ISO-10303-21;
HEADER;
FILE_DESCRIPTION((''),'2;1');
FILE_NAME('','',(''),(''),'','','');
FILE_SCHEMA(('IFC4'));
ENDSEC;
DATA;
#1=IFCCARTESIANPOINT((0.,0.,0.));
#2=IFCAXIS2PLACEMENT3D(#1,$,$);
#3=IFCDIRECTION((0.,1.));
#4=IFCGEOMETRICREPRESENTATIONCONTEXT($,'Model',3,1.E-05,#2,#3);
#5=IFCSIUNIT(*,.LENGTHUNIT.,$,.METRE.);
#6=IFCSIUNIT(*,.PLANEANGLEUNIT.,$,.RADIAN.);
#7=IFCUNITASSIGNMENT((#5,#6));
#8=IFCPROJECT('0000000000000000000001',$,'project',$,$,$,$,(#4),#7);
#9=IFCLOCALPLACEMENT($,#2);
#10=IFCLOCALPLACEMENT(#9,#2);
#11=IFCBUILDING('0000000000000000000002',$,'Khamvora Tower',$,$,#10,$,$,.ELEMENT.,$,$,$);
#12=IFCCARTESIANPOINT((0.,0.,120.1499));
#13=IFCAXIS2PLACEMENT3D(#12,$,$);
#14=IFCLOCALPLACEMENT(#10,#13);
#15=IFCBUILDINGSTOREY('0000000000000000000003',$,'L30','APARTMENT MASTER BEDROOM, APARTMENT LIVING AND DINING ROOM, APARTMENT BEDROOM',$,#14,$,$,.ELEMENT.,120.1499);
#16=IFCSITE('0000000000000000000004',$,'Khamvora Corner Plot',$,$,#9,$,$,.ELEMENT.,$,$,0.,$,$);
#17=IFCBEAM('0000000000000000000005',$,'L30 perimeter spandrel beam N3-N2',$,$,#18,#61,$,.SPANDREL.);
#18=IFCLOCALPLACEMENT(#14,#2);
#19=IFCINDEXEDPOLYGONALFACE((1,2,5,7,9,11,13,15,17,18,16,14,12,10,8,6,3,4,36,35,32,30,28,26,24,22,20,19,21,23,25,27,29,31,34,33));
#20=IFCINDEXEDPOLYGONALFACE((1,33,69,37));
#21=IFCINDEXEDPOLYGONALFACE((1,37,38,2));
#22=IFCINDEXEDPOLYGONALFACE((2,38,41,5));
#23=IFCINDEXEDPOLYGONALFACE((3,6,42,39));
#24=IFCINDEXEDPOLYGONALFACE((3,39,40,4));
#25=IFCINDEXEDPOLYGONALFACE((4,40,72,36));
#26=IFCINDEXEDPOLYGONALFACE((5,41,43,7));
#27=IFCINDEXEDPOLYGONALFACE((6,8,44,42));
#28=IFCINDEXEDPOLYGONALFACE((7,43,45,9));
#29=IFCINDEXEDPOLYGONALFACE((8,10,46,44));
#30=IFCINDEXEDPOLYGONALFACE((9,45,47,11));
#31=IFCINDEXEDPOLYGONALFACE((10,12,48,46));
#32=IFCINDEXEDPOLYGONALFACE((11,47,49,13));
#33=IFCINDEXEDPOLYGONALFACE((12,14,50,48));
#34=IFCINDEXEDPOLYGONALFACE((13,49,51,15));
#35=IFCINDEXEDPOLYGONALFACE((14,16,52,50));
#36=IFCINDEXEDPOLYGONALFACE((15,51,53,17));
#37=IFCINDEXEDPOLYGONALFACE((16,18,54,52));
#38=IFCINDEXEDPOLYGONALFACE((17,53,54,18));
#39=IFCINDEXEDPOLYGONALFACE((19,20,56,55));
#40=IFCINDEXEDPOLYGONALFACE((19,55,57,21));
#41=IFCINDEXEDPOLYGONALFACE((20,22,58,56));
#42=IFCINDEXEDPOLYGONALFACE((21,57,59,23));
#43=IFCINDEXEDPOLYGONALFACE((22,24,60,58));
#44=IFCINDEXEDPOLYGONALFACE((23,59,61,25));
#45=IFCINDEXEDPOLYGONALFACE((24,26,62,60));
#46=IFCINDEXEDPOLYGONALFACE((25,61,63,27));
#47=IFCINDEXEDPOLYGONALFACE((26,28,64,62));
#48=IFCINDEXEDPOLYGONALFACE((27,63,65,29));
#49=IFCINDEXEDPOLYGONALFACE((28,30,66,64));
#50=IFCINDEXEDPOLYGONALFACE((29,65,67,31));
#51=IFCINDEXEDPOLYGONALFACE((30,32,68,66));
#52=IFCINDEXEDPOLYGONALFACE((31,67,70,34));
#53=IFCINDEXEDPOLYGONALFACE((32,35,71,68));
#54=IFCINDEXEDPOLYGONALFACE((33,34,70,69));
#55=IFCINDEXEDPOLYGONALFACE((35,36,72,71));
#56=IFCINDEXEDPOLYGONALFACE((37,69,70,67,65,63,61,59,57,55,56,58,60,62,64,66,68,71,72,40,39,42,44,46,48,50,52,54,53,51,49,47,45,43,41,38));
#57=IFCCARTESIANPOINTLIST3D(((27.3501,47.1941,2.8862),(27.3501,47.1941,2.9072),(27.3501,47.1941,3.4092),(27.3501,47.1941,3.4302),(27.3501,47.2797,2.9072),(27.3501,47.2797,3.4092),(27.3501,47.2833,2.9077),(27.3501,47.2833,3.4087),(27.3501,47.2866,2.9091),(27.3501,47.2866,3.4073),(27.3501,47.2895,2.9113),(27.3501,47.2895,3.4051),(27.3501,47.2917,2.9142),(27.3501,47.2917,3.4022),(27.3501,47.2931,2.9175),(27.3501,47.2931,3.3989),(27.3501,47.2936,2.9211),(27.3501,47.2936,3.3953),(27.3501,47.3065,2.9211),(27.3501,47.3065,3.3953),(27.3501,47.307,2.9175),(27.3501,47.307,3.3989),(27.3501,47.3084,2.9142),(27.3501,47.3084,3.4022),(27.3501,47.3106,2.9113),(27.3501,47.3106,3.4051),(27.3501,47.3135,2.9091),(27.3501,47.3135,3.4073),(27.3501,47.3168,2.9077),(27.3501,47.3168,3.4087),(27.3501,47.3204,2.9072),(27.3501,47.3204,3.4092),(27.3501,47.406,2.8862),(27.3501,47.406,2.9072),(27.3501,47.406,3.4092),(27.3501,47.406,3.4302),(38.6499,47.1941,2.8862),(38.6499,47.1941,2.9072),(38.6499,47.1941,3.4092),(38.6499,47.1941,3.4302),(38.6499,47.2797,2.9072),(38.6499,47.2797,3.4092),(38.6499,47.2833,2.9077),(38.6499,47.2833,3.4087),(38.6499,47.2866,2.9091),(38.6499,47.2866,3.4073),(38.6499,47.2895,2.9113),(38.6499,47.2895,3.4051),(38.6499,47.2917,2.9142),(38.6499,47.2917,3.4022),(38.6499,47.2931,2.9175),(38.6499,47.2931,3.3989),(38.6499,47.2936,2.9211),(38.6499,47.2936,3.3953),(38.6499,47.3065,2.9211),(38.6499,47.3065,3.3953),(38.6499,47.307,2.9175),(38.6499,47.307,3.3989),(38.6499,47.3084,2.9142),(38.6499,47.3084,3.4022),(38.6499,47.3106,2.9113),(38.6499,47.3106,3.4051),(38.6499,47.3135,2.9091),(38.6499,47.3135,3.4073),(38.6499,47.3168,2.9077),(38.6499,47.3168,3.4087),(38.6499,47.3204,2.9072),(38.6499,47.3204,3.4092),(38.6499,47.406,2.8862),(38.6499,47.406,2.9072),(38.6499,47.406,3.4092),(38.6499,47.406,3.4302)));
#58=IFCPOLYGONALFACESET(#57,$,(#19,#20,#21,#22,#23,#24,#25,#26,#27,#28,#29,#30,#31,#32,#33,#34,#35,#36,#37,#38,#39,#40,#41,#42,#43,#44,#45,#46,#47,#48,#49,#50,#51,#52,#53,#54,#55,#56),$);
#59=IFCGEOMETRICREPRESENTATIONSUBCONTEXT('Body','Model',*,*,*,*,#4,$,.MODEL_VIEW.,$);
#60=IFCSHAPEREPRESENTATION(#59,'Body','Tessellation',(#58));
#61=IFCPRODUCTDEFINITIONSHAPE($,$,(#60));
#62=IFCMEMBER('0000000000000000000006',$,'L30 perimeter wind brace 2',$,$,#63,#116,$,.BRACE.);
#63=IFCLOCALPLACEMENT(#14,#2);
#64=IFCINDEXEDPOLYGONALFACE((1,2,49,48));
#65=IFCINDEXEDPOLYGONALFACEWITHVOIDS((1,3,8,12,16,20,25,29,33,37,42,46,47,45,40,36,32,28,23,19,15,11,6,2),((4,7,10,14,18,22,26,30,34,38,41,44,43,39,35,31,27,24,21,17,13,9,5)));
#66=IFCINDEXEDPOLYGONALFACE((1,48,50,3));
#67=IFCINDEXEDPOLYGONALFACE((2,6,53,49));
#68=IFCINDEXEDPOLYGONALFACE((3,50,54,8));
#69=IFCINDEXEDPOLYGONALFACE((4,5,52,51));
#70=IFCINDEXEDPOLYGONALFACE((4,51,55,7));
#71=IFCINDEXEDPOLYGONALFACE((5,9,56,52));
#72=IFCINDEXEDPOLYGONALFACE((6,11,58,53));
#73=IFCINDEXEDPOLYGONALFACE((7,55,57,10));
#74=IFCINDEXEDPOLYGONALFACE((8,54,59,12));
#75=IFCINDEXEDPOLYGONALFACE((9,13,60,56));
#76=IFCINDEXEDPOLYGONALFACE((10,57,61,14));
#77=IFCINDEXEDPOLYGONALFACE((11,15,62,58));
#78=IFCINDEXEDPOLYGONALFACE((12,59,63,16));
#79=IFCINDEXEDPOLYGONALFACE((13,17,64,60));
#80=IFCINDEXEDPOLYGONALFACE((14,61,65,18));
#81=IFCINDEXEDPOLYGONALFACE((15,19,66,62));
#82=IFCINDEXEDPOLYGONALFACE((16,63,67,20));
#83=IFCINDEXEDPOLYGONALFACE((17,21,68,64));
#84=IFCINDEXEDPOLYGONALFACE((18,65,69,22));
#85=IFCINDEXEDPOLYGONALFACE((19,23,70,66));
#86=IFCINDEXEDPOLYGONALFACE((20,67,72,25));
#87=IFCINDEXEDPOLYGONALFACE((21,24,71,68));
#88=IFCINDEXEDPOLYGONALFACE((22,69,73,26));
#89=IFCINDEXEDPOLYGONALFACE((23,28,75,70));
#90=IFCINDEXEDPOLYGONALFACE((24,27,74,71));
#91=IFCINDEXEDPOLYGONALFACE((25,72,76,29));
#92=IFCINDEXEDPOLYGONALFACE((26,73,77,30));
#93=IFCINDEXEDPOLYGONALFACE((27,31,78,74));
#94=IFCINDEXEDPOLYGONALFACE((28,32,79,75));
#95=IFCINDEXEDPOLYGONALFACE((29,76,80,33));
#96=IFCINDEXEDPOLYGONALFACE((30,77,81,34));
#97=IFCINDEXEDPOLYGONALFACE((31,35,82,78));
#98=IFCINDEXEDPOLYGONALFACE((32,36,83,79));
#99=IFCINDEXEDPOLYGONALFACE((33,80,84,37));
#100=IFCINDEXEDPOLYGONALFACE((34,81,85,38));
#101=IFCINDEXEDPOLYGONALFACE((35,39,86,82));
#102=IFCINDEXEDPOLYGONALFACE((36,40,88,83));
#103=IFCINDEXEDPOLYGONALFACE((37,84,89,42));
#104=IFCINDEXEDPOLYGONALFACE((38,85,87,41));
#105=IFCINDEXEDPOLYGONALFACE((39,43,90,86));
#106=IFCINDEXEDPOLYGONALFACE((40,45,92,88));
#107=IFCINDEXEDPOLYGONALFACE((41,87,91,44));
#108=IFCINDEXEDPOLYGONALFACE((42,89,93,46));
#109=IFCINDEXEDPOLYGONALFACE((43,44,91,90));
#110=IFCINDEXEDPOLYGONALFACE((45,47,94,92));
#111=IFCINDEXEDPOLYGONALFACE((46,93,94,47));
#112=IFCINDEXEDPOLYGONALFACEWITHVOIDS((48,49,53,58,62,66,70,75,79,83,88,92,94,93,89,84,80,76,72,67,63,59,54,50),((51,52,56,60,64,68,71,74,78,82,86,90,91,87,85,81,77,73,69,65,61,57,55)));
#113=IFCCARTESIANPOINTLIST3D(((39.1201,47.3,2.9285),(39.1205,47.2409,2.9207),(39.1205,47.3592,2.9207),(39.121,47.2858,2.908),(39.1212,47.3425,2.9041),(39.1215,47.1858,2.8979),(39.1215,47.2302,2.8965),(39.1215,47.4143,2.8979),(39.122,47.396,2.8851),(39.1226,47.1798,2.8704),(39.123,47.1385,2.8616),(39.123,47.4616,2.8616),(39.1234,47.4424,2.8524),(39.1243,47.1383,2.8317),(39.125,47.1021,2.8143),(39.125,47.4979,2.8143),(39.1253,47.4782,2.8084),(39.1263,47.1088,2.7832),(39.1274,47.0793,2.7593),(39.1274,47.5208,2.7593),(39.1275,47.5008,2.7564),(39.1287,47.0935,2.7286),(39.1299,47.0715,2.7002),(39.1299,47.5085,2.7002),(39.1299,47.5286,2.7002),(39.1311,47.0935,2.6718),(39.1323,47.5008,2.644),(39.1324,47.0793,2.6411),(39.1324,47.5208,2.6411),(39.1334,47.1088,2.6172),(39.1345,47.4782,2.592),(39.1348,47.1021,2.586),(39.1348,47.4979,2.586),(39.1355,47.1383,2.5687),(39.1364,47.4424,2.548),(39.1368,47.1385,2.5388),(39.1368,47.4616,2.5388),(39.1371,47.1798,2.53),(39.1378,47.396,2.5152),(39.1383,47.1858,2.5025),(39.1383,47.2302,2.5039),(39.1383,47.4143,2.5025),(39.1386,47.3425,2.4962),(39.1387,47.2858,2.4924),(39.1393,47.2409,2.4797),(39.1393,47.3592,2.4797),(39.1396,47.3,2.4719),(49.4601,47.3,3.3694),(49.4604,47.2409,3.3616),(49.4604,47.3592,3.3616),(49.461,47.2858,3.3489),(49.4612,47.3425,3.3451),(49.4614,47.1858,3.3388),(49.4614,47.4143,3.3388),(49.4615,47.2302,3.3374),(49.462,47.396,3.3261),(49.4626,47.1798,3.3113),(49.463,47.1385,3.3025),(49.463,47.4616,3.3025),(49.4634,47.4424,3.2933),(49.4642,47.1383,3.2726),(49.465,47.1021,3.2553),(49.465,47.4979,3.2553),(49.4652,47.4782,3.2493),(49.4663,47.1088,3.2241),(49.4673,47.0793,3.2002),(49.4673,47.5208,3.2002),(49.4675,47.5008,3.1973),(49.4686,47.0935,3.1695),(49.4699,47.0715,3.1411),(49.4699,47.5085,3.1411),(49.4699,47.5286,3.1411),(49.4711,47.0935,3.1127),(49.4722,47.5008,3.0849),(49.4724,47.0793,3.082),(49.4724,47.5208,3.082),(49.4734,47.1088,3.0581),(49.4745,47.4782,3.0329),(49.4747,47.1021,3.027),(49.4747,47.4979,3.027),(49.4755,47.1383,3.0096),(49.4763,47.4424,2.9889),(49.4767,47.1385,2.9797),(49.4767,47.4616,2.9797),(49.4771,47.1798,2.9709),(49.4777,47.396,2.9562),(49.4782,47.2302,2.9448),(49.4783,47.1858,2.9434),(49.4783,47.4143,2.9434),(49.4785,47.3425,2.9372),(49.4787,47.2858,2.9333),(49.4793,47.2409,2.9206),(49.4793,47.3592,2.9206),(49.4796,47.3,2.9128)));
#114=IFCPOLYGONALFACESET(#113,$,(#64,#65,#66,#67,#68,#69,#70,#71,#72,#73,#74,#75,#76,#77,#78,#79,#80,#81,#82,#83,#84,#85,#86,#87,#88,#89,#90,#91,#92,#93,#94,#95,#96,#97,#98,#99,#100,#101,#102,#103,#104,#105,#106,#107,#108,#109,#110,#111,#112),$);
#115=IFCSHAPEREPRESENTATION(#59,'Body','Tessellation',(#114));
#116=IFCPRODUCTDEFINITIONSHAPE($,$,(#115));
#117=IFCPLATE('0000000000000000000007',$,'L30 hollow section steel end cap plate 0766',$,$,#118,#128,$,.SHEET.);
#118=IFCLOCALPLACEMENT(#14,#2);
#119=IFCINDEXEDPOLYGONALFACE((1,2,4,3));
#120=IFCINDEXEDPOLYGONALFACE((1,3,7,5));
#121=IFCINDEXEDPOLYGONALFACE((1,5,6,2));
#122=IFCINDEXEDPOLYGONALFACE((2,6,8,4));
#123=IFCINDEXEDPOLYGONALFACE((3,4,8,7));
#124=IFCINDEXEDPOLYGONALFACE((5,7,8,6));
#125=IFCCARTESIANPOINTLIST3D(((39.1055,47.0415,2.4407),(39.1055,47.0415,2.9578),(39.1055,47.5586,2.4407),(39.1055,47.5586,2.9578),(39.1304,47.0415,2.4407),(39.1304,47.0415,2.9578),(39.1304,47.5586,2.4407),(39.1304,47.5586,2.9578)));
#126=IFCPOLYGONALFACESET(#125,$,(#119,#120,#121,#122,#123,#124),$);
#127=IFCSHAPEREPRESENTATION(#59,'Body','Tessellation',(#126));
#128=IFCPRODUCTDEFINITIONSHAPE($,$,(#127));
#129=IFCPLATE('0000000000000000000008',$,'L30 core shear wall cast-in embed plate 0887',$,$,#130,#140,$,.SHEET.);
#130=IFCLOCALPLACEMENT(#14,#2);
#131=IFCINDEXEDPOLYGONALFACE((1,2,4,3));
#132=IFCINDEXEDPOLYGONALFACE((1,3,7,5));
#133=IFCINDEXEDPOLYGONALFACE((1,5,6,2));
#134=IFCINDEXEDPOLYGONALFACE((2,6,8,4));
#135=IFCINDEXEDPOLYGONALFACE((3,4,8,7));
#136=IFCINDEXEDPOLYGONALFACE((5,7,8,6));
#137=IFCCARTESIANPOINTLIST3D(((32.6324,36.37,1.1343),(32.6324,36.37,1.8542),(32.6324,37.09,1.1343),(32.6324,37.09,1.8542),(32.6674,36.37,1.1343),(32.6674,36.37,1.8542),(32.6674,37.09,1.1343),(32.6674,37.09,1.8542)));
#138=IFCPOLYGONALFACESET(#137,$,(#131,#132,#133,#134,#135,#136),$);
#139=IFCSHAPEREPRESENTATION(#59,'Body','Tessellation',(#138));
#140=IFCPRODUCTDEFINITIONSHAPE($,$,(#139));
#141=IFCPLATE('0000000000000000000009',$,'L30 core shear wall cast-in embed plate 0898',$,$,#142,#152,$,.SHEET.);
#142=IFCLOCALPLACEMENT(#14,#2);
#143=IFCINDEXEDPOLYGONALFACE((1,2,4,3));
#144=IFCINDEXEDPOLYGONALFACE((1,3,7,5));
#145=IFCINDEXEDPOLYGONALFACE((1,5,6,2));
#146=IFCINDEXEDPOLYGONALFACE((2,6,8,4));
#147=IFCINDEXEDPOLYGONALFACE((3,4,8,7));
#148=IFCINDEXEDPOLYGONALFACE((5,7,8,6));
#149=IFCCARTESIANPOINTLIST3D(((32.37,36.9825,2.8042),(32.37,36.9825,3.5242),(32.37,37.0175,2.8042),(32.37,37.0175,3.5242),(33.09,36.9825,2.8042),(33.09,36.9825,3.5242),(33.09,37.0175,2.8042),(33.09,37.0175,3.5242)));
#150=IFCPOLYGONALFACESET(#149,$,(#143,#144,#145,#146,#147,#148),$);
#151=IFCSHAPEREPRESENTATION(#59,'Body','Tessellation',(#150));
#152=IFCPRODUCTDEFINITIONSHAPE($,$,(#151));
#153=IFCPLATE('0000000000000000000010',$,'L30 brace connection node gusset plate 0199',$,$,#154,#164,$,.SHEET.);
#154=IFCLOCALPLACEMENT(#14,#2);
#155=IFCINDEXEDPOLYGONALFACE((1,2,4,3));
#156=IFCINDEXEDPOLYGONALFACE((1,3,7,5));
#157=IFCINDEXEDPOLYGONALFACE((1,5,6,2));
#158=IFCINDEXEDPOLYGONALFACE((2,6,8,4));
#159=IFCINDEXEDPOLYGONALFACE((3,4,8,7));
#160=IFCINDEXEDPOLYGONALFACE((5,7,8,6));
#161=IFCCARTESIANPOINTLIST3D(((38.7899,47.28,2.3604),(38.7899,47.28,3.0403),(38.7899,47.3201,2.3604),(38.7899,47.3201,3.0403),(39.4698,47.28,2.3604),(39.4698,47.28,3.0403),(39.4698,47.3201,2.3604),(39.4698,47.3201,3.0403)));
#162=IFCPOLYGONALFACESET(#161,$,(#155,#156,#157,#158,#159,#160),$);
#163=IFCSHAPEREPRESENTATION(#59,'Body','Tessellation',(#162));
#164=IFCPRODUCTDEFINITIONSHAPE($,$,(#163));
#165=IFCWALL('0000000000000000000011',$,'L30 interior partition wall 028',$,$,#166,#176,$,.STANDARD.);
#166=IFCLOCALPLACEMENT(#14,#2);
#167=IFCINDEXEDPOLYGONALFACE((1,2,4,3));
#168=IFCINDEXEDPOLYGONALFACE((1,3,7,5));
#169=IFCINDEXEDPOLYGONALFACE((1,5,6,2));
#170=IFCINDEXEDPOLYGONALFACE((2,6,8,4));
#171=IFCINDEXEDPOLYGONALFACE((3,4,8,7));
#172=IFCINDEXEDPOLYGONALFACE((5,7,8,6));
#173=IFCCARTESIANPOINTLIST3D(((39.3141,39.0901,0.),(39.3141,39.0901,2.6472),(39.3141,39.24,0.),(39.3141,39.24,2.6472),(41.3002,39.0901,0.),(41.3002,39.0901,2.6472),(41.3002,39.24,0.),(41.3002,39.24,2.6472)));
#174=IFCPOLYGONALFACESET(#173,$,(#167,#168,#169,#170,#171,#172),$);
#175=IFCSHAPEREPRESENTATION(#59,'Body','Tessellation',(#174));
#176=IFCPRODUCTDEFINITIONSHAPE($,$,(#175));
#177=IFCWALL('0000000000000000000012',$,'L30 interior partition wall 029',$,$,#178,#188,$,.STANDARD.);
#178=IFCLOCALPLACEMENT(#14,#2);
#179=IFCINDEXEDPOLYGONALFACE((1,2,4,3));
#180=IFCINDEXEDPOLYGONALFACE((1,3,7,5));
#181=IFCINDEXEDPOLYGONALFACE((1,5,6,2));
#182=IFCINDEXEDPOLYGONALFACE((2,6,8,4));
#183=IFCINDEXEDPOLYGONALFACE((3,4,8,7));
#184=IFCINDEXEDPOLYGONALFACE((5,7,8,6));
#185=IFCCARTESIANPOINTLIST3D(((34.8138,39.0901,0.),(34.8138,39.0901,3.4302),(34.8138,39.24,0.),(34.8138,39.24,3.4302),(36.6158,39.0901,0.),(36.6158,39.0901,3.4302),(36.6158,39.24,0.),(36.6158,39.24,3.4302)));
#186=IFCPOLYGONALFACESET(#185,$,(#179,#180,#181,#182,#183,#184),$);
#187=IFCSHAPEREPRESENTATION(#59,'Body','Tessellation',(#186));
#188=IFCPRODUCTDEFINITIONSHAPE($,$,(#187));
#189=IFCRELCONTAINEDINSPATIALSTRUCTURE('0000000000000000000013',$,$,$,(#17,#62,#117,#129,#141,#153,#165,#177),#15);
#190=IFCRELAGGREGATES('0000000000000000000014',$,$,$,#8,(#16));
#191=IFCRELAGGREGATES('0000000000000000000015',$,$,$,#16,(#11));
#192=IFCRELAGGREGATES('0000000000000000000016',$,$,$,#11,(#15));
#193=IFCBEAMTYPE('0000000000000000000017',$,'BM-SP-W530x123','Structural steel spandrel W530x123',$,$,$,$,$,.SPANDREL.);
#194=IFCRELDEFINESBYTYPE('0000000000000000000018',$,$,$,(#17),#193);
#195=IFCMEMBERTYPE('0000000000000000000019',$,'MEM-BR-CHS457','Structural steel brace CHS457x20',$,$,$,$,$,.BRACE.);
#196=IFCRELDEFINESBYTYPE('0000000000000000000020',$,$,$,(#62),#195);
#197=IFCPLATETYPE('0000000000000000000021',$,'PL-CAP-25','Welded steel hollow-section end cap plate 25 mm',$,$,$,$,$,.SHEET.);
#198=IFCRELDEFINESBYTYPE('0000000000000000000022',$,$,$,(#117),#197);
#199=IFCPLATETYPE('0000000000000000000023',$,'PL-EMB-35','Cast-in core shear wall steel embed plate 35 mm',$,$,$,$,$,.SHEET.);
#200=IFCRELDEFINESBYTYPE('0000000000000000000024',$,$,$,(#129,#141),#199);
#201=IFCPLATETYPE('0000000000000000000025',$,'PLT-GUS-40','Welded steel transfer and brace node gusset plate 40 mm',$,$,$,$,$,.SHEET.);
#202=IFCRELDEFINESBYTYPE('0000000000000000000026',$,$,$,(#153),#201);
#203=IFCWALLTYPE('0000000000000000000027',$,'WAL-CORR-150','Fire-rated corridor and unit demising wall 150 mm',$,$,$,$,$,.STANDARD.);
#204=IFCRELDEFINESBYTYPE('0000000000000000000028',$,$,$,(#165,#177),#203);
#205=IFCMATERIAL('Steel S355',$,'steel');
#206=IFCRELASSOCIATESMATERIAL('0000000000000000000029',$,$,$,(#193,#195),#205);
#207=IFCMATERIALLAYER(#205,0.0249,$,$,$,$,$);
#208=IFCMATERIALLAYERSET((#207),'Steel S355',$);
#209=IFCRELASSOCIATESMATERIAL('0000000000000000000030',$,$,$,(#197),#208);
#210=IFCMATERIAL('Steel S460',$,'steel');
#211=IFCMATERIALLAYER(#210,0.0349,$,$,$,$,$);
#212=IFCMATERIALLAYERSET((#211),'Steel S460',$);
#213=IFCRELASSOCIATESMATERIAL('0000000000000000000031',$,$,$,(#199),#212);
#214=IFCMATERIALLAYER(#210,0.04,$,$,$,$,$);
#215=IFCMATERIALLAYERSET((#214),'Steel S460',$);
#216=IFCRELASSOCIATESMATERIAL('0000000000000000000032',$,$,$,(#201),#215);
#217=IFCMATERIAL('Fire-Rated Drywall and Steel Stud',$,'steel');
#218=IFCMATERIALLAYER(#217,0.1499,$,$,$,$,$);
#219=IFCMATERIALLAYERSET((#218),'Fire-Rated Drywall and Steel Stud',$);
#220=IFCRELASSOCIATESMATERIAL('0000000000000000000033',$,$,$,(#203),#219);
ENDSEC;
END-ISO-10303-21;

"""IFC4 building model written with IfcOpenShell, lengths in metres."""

from ifc_helpers import new_model, si_unit, direction, frame, frame_2d, origin, origin_2d, place, context, subcontext, project, spatial, rectangle, hollow_circle, i_section, extrude, material, layer, layer_set, material_profile, profile_set, type_object, element, save


model = new_model("IFC4")

# Units and contexts
model_context = context("Model", 3, precision=1e-05, world=origin(), true_north=direction((0.0, 1.0)))
body_context = subcontext(model_context, "Body", "Model", "MODEL_VIEW")
ifc_project = project(units=[si_unit("LENGTHUNIT", "METRE"), si_unit("PLANEANGLEUNIT", "RADIAN")], contexts=[model_context])

# Site, building, storey
site_placement = place(None, origin())
site = spatial("IfcSite", under=ifc_project, at=site_placement, Name="Khamvora Corner Plot", CompositionType="ELEMENT", RefElevation=0.0)
building_placement = place(site_placement, origin())
building = spatial("IfcBuilding", under=site, at=building_placement, Name="Khamvora Tower", CompositionType="ELEMENT")
storey_placement = place(building_placement, frame((0.0, 0.0, 120.1499)))
storey = spatial("IfcBuildingStorey", under=building, at=storey_placement, Name="L30", Description="APARTMENT MASTER BEDROOM, APARTMENT LIVING AND DINING ROOM, APARTMENT BEDROOM", CompositionType="ELEMENT", Elevation=120.1499)

# Shared definitions
ifc_material_1 = material(Name="Steel S355", Category="steel")
ifc_material_2 = material(Name="Steel S460", Category="steel")

# Beam
ifc_material_profile_1 = material_profile(ifc_material_1, i_section(OverallWidth=0.2119, OverallDepth=0.5439, WebThickness=0.0129, FlangeThickness=0.021, FilletRadius=0.0139, at=origin_2d()), Name="W530x123")
ifc_profile_set_1 = profile_set([ifc_material_profile_1], Name="Steel S355")
beam_type_1 = type_object("IfcBeamType", Name="BM-SP-W530x123", Description="Structural steel spandrel W530x123", PredefinedType="SPANDREL", material=ifc_profile_set_1)
beam_1_placement = place(storey_placement, frame((38.6499, 47.3, 3.1582), z_axis=(-1.0, 0.0, 0.0), x_axis=(0.0, -1.0, 0.0)))
element("IfcBeam", 1, at=beam_1_placement, inside=storey, type_object=beam_type_1, Name="L30 perimeter spandrel beam N3-N2", PredefinedType="SPANDREL", context=body_context, shape_type="SweptSolid", body=[
    extrude(i_section(OverallWidth=0.2119, OverallDepth=0.5439, WebThickness=0.0129, FlangeThickness=0.021, FilletRadius=0.0139, at=origin_2d()), origin(), (0.0, 0.0, 1.0), 11.2998),
])

# Member
ifc_material_profile_2 = material_profile(ifc_material_1, hollow_circle(Radius=0.2285, WallThickness=0.02, at=origin_2d()), Name="CHS457x20")
ifc_profile_set_2 = profile_set([ifc_material_profile_2], Name="Steel S355")
member_type = type_object("IfcMemberType", Name="MEM-BR-CHS457", Description="Structural steel brace CHS457x20", PredefinedType="BRACE", material=ifc_profile_set_2)
member_placement = place(storey_placement, frame((39.1299, 47.3, 2.7002), z_axis=(0.999092, 0.0, 0.042603), x_axis=(0.0, 1.0, 0.0)))
element("IfcMember", 2, at=member_placement, inside=storey, type_object=member_type, Name="L30 perimeter wind brace 2", PredefinedType="BRACE", context=body_context, shape_type="SweptSolid", body=[
    extrude(hollow_circle(Radius=0.2285, WallThickness=0.02, at=origin_2d()), origin(), (0.0, 0.0, 1.0), 10.3494),
])

# Plates
ifc_layer_1 = layer(ifc_material_1, 0.0249)
ifc_layer_set_1 = layer_set([ifc_layer_1], Name="Steel S355")
plate_type_1 = type_object("IfcPlateType", Name="PL-CAP-25", Description="Welded steel hollow-section end cap plate 25 mm", PredefinedType="SHEET", material=ifc_layer_set_1)
plate_1_placement = place(storey_placement, frame((39.1179, 47.3, 2.4407), z_axis=(0.0, 0.0, 1.0), x_axis=(1.0, 0.0, 0.0)))
element("IfcPlate", 3, at=plate_1_placement, inside=storey, type_object=plate_type_1, Name="L30 hollow section steel end cap plate 0766", PredefinedType="SHEET", context=body_context, shape_type="SweptSolid", body=[
    extrude(rectangle(XDim=0.0249, YDim=0.5171, at=origin_2d()), origin(), (0.0, 0.0, 1.0), 0.5171),
])
ifc_layer_2 = layer(ifc_material_2, 0.0349)
ifc_layer_set_2 = layer_set([ifc_layer_2], Name="Steel S460")
plate_type_2 = type_object("IfcPlateType", Name="PL-EMB-35", Description="Cast-in core shear wall steel embed plate 35 mm", PredefinedType="SHEET", material=ifc_layer_set_2)
plate_2_placement = place(storey_placement, frame((32.6499, 36.73, 1.1343), z_axis=(0.0, 0.0, 1.0), x_axis=(1.0, 0.0, 0.0)))
element("IfcPlate", 4, at=plate_2_placement, inside=storey, type_object=plate_type_2, Name="L30 core shear wall cast-in embed plate 0887", PredefinedType="SHEET", context=body_context, shape_type="SweptSolid", body=[
    extrude(rectangle(XDim=0.0349, YDim=0.72, at=origin_2d()), origin(), (0.0, 0.0, 1.0), 0.72),
])
plate_3_placement = place(storey_placement, frame((32.73, 37.0, 2.8042), z_axis=(0.0, 0.0, 1.0), x_axis=(1.0, 0.0, 0.0)))
element("IfcPlate", 5, at=plate_3_placement, inside=storey, type_object=plate_type_2, Name="L30 core shear wall cast-in embed plate 0898", PredefinedType="SHEET", context=body_context, shape_type="SweptSolid", body=[
    extrude(rectangle(XDim=0.72, YDim=0.0349, at=origin_2d()), origin(), (0.0, 0.0, 1.0), 0.72),
])
ifc_layer_3 = layer(ifc_material_2, 0.04)
ifc_layer_set_3 = layer_set([ifc_layer_3], Name="Steel S460")
plate_type_3 = type_object("IfcPlateType", Name="PLT-GUS-40", Description="Welded steel transfer and brace node gusset plate 40 mm", PredefinedType="SHEET", material=ifc_layer_set_3)
plate_4_placement = place(storey_placement, frame((39.1299, 47.3, 2.3604), z_axis=(0.0, 0.0, 1.0), x_axis=(1.0, 0.0, 0.0)))
element("IfcPlate", 6, at=plate_4_placement, inside=storey, type_object=plate_type_3, Name="L30 brace connection node gusset plate 0199", PredefinedType="SHEET", context=body_context, shape_type="SweptSolid", body=[
    extrude(rectangle(XDim=0.6799, YDim=0.04, at=origin_2d()), origin(), (0.0, 0.0, 1.0), 0.6799),
])

# Shared definitions
ifc_material_3 = material(Name="Fire-Rated Drywall and Steel Stud", Category="steel")
ifc_layer_4 = layer(ifc_material_3, 0.1499)
ifc_layer_set_4 = layer_set([ifc_layer_4], Name="Fire-Rated Drywall and Steel Stud")
wall_type_1 = type_object("IfcWallType", Name="WAL-CORR-150", Description="Fire-rated corridor and unit demising wall 150 mm", PredefinedType="STANDARD", material=ifc_layer_set_4)

# Walls
wall_1_placement = place(storey_placement, frame((39.314, 39.165, 0.0), z_axis=(0.0, 0.0, 1.0), x_axis=(1.0, 0.0, 0.0)))
element("IfcWall", 7, at=wall_1_placement, inside=storey, type_object=wall_type_1, Name="L30 interior partition wall 028", PredefinedType="STANDARD", context=body_context, shape_type="SweptSolid", body=[
    extrude(rectangle(XDim=1.9861, YDim=0.1499, at=frame_2d((0.9932, 0.0))), origin(), (0.0, 0.0, 1.0), 2.6472),
])
wall_2_placement = place(storey_placement, frame((34.814, 39.165, 0.0), z_axis=(0.0, 0.0, 1.0), x_axis=(1.0, 0.0, 0.0)))
element("IfcWall", 8, at=wall_2_placement, inside=storey, type_object=wall_type_1, Name="L30 interior partition wall 029", PredefinedType="STANDARD", context=body_context, shape_type="SweptSolid", body=[
    extrude(rectangle(XDim=1.802, YDim=0.1499, at=frame_2d((0.9009, 0.0))), origin(), (0.0, 0.0, 1.0), 3.4302),
])

save(model, "model.ifc")
